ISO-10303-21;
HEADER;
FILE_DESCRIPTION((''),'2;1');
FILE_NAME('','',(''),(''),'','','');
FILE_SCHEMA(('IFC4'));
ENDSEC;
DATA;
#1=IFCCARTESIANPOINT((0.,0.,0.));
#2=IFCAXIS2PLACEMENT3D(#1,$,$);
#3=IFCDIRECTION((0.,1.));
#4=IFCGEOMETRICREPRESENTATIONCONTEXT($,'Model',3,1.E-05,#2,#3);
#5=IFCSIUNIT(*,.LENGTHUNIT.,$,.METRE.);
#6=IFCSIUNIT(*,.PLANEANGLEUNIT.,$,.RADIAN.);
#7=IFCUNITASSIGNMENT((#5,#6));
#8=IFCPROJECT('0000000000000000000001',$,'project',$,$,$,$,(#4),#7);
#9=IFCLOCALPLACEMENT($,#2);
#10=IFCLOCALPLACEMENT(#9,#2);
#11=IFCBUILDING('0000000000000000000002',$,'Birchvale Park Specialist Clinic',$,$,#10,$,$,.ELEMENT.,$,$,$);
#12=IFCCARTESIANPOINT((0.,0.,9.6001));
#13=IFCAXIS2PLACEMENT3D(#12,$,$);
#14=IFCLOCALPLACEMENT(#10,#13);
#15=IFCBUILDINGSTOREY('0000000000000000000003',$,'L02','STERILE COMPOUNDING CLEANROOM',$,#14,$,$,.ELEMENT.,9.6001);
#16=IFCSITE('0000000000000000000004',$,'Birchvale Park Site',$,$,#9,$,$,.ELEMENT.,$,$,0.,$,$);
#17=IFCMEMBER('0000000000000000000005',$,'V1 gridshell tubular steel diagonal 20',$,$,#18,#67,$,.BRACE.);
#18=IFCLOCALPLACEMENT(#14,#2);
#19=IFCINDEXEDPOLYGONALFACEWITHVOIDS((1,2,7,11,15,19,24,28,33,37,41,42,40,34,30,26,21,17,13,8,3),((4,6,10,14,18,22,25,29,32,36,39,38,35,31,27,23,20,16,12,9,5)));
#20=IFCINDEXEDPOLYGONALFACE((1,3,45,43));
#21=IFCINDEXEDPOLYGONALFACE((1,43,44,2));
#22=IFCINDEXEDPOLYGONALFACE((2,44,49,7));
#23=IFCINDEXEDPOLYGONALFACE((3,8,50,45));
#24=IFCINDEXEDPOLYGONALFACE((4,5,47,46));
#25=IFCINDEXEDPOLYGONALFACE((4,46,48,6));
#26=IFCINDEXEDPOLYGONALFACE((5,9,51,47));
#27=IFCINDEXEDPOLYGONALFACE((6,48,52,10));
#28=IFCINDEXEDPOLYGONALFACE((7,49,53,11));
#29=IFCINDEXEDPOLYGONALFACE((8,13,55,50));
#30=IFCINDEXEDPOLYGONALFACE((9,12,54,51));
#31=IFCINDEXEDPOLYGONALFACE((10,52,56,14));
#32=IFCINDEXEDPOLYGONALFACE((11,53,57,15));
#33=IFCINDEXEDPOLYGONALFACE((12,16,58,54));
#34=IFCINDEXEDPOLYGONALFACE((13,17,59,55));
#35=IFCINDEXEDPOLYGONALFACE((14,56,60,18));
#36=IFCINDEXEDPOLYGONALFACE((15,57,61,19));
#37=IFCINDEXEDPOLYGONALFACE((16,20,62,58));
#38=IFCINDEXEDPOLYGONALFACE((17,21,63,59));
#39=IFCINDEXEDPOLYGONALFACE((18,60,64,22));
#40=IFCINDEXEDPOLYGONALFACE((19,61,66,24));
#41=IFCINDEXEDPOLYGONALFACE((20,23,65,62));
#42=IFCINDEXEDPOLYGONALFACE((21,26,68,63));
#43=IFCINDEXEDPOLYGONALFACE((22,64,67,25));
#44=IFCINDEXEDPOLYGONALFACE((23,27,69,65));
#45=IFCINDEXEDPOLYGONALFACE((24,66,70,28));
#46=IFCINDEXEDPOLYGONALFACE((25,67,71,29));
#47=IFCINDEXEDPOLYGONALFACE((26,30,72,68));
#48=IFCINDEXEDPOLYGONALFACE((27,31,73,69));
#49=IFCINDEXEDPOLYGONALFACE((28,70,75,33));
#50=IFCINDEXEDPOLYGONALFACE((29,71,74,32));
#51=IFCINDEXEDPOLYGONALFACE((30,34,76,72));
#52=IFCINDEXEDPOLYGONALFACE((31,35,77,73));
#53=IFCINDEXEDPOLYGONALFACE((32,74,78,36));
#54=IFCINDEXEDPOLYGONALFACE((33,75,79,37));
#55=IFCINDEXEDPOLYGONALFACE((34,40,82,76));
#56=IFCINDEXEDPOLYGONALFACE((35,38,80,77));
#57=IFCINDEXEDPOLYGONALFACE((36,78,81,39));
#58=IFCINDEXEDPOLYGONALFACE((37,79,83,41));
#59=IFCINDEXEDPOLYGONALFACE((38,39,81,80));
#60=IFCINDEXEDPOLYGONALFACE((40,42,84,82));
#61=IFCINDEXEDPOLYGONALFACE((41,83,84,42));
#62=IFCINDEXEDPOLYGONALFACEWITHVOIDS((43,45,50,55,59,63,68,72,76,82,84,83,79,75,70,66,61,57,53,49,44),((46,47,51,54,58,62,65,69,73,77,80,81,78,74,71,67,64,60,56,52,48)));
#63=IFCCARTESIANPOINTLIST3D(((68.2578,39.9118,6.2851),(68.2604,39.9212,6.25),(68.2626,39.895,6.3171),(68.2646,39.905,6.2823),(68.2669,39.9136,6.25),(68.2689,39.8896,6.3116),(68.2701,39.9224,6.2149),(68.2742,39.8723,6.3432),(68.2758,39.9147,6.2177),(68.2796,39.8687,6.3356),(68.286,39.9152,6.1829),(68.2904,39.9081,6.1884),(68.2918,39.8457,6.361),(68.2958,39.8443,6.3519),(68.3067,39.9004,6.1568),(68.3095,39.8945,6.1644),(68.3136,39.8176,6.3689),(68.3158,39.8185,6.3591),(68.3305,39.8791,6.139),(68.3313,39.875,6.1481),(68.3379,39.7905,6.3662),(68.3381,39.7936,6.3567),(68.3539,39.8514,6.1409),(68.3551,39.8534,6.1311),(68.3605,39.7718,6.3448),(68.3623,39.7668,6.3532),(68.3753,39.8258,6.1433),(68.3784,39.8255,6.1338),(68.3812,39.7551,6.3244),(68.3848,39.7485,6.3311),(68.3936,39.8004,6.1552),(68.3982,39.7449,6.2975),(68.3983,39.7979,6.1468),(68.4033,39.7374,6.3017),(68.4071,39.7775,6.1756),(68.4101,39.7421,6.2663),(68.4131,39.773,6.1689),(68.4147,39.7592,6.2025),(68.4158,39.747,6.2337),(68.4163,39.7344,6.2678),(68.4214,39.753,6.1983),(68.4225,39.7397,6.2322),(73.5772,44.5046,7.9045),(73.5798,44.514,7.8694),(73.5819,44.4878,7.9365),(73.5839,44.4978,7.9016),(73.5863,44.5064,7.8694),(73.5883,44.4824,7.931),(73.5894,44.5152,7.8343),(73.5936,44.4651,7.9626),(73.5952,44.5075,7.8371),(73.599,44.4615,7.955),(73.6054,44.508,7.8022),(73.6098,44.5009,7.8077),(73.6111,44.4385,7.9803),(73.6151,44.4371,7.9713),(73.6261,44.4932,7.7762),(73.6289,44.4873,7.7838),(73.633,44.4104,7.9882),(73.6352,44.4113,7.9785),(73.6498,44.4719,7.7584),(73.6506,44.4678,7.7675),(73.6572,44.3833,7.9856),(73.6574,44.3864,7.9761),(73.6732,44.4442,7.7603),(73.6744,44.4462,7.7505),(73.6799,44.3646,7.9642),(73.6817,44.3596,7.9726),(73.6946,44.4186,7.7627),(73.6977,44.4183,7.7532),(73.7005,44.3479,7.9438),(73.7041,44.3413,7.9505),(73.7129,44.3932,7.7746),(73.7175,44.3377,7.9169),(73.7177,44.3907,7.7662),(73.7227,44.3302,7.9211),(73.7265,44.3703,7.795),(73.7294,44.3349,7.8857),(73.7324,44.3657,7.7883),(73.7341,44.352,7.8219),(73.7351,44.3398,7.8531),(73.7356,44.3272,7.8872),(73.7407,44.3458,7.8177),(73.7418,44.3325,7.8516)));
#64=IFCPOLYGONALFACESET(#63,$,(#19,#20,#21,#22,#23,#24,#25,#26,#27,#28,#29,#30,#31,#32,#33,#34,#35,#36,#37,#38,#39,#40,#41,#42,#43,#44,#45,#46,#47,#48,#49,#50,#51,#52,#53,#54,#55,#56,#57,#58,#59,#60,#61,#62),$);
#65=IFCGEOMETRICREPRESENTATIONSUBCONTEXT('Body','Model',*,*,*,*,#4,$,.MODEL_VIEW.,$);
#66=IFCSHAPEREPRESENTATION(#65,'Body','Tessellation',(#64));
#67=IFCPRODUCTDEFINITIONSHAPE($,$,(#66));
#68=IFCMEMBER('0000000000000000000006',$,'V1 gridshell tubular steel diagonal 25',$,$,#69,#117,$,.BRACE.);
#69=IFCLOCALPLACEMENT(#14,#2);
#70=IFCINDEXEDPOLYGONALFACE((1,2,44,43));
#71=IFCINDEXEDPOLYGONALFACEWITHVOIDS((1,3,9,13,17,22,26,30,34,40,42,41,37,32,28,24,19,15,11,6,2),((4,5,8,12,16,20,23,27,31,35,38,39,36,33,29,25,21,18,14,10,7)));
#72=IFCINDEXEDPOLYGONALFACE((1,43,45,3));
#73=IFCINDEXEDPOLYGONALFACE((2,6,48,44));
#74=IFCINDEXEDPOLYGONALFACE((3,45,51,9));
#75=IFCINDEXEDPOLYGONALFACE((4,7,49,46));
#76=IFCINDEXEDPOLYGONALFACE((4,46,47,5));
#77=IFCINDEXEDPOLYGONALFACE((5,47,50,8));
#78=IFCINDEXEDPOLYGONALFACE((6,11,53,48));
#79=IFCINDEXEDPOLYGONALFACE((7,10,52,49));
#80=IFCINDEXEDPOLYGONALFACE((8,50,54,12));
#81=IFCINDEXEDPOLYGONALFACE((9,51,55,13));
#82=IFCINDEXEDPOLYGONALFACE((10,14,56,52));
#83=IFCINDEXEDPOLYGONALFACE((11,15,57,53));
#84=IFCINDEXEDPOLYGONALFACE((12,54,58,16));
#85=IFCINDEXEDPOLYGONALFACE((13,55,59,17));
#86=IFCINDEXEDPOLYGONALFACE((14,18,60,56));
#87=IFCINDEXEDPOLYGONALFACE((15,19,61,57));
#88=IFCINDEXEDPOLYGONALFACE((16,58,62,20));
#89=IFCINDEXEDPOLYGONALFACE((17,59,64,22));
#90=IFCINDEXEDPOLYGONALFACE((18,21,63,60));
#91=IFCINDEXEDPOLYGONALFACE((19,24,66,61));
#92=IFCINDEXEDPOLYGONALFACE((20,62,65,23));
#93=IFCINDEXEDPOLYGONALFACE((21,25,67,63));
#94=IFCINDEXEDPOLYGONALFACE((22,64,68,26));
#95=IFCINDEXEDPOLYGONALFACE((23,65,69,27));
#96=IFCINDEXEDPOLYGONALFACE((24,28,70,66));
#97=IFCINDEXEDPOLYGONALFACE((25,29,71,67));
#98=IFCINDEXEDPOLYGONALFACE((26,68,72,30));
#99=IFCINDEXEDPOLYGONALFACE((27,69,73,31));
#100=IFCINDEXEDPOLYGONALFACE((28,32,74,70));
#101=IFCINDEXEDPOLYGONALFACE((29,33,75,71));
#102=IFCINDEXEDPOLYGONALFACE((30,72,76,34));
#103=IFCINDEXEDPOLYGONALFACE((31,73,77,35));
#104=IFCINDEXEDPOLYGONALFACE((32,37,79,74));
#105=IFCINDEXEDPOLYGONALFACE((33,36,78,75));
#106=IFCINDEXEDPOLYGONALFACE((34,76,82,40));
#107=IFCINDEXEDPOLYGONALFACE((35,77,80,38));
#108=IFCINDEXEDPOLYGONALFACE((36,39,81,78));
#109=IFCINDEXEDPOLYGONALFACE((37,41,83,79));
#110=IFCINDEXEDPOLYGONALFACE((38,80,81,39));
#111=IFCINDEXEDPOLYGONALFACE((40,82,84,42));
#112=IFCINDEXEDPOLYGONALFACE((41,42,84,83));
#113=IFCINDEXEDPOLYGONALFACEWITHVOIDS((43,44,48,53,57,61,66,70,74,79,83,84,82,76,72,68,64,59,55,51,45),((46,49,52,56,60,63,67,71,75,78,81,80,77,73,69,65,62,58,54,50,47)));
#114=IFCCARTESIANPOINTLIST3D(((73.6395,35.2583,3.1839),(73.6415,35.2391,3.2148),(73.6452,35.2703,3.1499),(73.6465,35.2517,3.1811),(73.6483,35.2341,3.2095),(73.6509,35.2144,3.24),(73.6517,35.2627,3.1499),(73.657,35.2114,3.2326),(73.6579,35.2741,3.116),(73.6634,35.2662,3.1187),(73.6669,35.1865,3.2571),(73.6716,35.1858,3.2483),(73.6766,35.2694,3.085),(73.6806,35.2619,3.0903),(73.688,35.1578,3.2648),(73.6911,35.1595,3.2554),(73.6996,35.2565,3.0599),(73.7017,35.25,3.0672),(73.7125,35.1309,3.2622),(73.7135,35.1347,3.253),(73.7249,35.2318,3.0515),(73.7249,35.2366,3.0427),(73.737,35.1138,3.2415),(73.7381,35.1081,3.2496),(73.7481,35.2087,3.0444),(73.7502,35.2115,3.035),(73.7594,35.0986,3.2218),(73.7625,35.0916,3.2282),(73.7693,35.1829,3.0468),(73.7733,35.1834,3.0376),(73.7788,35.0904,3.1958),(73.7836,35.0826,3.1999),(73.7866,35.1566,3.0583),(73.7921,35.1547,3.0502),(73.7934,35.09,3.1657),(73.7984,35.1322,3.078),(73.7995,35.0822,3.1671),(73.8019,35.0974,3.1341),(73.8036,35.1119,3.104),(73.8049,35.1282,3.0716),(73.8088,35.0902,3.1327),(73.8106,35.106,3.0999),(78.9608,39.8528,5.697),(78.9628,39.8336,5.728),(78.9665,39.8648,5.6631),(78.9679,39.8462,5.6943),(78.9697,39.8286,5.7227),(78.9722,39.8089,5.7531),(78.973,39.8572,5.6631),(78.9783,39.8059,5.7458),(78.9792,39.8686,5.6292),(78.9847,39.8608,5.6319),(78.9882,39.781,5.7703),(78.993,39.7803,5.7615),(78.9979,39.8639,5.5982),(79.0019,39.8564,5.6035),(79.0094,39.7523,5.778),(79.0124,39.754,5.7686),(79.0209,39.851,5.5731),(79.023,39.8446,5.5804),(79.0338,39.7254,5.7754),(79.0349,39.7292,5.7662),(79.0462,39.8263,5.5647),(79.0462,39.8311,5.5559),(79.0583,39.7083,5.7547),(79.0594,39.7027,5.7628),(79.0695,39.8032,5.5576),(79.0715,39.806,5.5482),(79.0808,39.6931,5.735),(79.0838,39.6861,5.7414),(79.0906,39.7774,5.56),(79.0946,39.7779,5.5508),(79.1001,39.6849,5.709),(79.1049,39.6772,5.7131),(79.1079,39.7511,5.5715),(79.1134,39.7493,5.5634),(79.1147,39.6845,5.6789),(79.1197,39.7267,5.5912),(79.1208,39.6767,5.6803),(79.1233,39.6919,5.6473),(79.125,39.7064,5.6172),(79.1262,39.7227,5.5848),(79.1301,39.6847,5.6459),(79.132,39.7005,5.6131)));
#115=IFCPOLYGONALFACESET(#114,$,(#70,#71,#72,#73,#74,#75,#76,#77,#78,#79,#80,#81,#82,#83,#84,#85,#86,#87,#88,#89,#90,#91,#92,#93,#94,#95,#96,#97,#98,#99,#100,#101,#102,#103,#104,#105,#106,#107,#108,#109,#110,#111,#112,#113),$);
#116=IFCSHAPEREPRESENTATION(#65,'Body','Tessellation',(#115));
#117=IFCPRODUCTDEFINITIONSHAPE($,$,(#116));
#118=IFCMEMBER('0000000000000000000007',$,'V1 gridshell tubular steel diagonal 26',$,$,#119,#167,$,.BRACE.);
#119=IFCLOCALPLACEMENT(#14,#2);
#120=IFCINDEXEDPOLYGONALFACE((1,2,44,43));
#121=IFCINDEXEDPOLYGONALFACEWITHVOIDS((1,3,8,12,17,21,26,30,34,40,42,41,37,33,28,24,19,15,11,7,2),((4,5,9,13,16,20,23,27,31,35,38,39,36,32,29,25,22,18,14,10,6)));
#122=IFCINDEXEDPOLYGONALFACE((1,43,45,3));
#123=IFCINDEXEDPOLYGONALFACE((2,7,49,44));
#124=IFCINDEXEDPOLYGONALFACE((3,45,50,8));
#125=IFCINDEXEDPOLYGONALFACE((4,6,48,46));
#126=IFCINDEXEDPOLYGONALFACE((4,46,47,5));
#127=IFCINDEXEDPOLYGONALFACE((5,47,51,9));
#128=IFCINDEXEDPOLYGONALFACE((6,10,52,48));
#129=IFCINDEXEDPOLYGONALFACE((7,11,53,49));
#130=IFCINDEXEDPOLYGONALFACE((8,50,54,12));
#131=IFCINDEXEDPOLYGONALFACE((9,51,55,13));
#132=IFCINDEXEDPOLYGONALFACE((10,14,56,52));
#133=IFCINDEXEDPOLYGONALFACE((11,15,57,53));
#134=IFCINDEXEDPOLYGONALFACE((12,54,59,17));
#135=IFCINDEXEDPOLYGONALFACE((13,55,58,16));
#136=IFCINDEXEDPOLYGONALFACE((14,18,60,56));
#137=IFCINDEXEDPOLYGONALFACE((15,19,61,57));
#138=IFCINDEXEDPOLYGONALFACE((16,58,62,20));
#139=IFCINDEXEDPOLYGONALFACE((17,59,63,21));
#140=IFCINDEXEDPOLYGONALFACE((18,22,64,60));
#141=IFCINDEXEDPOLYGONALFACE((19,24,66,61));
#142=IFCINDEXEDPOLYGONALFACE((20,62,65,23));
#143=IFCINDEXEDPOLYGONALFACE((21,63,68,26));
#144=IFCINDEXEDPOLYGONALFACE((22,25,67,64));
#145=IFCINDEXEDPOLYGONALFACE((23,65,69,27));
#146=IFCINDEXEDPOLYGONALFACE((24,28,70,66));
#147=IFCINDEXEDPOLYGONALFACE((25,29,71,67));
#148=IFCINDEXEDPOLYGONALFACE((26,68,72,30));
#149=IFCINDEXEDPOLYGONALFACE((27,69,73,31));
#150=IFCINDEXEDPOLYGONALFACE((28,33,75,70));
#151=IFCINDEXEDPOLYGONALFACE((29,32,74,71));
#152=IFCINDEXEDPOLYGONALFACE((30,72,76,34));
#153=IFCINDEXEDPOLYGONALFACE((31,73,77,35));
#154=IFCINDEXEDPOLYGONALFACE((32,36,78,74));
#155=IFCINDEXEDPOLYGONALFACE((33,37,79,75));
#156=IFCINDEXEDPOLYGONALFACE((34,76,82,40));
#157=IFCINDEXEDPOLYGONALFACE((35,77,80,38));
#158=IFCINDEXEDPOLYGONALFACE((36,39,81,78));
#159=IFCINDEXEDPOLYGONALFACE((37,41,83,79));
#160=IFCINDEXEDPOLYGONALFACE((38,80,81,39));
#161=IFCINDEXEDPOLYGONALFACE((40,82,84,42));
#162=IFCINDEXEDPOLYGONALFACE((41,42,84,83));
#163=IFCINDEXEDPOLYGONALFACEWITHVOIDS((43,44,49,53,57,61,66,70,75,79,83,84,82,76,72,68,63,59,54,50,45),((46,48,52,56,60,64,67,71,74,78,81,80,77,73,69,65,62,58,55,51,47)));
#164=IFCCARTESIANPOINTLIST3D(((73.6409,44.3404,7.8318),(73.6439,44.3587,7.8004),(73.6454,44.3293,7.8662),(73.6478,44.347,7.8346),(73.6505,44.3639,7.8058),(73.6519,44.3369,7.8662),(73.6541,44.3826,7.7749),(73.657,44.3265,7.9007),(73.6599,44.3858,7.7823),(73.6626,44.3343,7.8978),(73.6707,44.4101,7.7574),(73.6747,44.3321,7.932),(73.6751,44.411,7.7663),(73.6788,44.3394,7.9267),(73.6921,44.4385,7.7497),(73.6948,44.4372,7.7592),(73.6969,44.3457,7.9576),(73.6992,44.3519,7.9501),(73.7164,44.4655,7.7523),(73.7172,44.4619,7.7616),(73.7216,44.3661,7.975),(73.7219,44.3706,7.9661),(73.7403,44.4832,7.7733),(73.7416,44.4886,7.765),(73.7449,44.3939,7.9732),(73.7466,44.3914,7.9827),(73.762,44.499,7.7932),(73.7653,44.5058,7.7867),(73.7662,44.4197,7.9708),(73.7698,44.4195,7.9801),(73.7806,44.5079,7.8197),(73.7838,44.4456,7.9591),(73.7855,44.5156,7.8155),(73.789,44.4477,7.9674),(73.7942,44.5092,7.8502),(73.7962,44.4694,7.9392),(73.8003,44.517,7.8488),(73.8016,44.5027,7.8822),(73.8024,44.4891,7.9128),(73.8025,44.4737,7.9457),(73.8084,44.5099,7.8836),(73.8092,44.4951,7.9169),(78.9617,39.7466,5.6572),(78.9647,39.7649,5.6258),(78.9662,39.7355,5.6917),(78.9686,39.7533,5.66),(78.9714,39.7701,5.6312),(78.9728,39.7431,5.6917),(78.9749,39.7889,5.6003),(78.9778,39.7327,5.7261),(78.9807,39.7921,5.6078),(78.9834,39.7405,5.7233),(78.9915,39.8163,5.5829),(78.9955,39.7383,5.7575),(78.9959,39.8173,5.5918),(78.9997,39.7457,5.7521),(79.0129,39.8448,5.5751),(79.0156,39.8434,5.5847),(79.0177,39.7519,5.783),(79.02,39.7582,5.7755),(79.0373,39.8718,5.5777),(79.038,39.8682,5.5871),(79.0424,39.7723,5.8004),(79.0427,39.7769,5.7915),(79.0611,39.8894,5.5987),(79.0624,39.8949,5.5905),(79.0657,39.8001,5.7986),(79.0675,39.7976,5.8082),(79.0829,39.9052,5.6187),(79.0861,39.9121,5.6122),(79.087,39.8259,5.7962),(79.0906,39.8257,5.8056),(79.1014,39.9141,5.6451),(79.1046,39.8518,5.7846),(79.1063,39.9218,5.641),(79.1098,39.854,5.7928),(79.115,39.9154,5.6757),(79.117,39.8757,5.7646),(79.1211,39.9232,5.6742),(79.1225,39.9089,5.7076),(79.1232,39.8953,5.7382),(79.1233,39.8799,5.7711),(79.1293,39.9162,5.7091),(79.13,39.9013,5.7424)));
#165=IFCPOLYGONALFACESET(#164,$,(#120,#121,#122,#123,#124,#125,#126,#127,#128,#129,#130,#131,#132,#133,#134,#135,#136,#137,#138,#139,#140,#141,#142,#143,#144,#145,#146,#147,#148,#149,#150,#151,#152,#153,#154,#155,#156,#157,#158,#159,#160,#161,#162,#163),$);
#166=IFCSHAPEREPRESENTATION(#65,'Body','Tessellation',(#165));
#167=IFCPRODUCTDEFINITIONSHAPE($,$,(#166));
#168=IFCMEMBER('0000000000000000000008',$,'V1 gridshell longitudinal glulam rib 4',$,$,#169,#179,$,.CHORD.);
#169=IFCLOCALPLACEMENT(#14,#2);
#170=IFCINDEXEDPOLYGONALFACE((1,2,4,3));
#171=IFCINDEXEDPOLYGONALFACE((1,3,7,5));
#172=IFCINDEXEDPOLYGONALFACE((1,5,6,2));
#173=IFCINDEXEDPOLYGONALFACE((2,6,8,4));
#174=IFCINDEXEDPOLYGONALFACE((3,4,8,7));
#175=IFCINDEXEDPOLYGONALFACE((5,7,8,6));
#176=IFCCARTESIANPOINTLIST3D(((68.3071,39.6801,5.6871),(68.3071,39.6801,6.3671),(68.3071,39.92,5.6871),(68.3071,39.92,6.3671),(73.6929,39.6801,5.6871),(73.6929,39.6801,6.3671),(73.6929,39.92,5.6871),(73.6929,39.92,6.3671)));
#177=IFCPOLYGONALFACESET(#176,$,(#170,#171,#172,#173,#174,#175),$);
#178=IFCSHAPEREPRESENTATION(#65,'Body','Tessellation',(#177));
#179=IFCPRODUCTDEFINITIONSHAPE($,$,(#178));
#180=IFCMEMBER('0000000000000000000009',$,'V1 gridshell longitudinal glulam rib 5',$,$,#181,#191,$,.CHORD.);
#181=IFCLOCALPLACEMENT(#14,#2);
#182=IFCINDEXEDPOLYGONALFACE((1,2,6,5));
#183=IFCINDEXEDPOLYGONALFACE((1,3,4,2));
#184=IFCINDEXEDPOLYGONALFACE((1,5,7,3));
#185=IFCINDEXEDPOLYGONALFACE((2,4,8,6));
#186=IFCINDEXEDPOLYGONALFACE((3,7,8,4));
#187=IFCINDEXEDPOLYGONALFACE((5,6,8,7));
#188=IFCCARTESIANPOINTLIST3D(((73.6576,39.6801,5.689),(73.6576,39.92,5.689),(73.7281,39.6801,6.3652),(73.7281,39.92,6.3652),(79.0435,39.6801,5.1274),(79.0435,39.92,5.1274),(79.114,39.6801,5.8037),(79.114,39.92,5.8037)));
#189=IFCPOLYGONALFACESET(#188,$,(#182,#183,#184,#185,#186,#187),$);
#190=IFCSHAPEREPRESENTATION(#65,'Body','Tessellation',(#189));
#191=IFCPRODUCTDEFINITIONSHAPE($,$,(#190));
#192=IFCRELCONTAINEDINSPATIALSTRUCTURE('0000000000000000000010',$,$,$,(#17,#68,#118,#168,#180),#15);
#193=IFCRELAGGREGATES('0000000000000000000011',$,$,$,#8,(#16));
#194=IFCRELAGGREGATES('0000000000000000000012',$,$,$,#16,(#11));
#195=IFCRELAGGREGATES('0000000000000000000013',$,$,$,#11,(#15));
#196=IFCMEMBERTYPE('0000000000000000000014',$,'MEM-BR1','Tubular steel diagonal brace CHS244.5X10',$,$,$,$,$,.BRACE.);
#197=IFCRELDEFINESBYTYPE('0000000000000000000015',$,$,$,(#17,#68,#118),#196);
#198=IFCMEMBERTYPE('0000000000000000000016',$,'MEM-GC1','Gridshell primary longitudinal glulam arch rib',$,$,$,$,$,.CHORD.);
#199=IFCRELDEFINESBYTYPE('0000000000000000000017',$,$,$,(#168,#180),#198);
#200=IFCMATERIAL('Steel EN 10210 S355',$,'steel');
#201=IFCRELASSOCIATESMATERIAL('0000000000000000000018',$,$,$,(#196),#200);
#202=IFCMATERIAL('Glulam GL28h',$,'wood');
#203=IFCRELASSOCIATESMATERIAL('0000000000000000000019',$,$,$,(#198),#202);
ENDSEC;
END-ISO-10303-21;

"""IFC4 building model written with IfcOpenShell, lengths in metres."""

from ifc_helpers import new_model, si_unit, direction, frame, origin, origin_2d, place, context, subcontext, project, spatial, rectangle, hollow_circle, extrude, material, material_profile, profile_set, type_object, element, save


model = new_model("IFC4")

# Units and contexts
model_context = context("Model", 3, precision=1e-05, world=origin(), true_north=direction((0.0, 1.0)))
body_context = subcontext(model_context, "Body", "Model", "MODEL_VIEW")
ifc_project = project(units=[si_unit("LENGTHUNIT", "METRE"), si_unit("PLANEANGLEUNIT", "RADIAN")], contexts=[model_context])

# Site, building, storey
site_placement = place(None, origin())
site = spatial("IfcSite", under=ifc_project, at=site_placement, Name="Birchvale Park Site", CompositionType="ELEMENT", RefElevation=0.0)
building_placement = place(site_placement, origin())
building = spatial("IfcBuilding", under=site, at=building_placement, Name="Birchvale Park Specialist Clinic", CompositionType="ELEMENT")
storey_placement = place(building_placement, frame((0.0, 0.0, 9.6001)))
storey = spatial("IfcBuildingStorey", under=building, at=storey_placement, Name="L02", Description="STERILE COMPOUNDING CLEANROOM", CompositionType="ELEMENT", Elevation=9.6001)

# Members
ifc_material_1 = material(Name="Steel EN 10210 S355", Category="steel")
ifc_material_profile_1 = material_profile(ifc_material_1, hollow_circle(Radius=0.1223, WallThickness=0.01, at=origin_2d()), Name="CHS244.5X10")
ifc_profile_set_1 = profile_set([ifc_material_profile_1], Name="Steel EN 10210 S355")
member_type_1 = type_object("IfcMemberType", Name="MEM-BR1", Description="Tubular steel diagonal brace CHS244.5X10", PredefinedType="BRACE", material=ifc_profile_set_1)
member_1_placement = place(storey_placement, frame((68.3403, 39.8286, 6.25), z_axis=(0.737579, 0.636834, 0.224544), x_axis=(-0.653522, 0.756907, 0.0)))
element("IfcMember", 1, at=member_1_placement, inside=storey, type_object=member_type_1, Name="V1 gridshell tubular steel diagonal 20", PredefinedType="BRACE", context=body_context, shape_type="SweptSolid", body=[
    extrude(hollow_circle(Radius=0.1223, WallThickness=0.01, at=origin_2d()), origin(), (0.0, 0.0, 1.0), 7.2119),
])
member_2_placement = place(storey_placement, frame((73.7251, 35.1777, 3.1499), z_axis=(0.712734, 0.615386, 0.336616), x_axis=(-0.653524, 0.756906, 0.0)))
element("IfcMember", 2, at=member_2_placement, inside=storey, type_object=member_type_1, Name="V1 gridshell tubular steel diagonal 25", PredefinedType="BRACE", context=body_context, shape_type="SweptSolid", body=[
    extrude(hollow_circle(Radius=0.1223, WallThickness=0.01, at=origin_2d()), origin(), (0.0, 0.0, 1.0), 7.4661),
])
member_3_placement = place(storey_placement, frame((79.0461, 39.8281, 5.6917), z_axis=(-0.723118, 0.624309, 0.295531), x_axis=(-0.653499, -0.756928, 0.0)))
element("IfcMember", 3, at=member_3_placement, inside=storey, type_object=member_type_1, Name="V1 gridshell tubular steel diagonal 26", PredefinedType="BRACE", context=body_context, shape_type="SweptSolid", body=[
    extrude(hollow_circle(Radius=0.1223, WallThickness=0.01, at=origin_2d()), origin(), (0.0, 0.0, 1.0), 7.3582),
])
ifc_material_2 = material(Name="Glulam GL28h", Category="wood")
ifc_material_profile_2 = material_profile(ifc_material_2, rectangle(XDim=0.24, YDim=0.6799, at=origin_2d()), Name="GL-240x680")
ifc_profile_set_2 = profile_set([ifc_material_profile_2], Name="Glulam GL28h")
member_type_2 = type_object("IfcMemberType", Name="MEM-GC1", Description="Gridshell primary longitudinal glulam arch rib", PredefinedType="CHORD", material=ifc_profile_set_2)
member_4_placement = place(storey_placement, frame((68.3071, 39.8, 6.0271), z_axis=(1.0, 0.0, 0.0), x_axis=(0.0, 1.0, 0.0)))
element("IfcMember", 4, at=member_4_placement, inside=storey, type_object=member_type_2, Name="V1 gridshell longitudinal glulam rib 4", PredefinedType="CHORD", context=body_context, shape_type="SweptSolid", body=[
    extrude(rectangle(XDim=0.24, YDim=0.6799, at=origin_2d()), origin(), (0.0, 0.0, 1.0), 5.3857),
])
member_5_placement = place(storey_placement, frame((73.6929, 39.8, 6.0271), z_axis=(0.994609, 0.0, -0.103699), x_axis=(0.0, 1.0, 0.0)))
element("IfcMember", 5, at=member_5_placement, inside=storey, type_object=member_type_2, Name="V1 gridshell longitudinal glulam rib 5", PredefinedType="CHORD", context=body_context, shape_type="SweptSolid", body=[
    extrude(rectangle(XDim=0.24, YDim=0.6799, at=origin_2d()), origin(), (0.0, 0.0, 1.0), 5.415),
])

save(model, "model.ifc")
